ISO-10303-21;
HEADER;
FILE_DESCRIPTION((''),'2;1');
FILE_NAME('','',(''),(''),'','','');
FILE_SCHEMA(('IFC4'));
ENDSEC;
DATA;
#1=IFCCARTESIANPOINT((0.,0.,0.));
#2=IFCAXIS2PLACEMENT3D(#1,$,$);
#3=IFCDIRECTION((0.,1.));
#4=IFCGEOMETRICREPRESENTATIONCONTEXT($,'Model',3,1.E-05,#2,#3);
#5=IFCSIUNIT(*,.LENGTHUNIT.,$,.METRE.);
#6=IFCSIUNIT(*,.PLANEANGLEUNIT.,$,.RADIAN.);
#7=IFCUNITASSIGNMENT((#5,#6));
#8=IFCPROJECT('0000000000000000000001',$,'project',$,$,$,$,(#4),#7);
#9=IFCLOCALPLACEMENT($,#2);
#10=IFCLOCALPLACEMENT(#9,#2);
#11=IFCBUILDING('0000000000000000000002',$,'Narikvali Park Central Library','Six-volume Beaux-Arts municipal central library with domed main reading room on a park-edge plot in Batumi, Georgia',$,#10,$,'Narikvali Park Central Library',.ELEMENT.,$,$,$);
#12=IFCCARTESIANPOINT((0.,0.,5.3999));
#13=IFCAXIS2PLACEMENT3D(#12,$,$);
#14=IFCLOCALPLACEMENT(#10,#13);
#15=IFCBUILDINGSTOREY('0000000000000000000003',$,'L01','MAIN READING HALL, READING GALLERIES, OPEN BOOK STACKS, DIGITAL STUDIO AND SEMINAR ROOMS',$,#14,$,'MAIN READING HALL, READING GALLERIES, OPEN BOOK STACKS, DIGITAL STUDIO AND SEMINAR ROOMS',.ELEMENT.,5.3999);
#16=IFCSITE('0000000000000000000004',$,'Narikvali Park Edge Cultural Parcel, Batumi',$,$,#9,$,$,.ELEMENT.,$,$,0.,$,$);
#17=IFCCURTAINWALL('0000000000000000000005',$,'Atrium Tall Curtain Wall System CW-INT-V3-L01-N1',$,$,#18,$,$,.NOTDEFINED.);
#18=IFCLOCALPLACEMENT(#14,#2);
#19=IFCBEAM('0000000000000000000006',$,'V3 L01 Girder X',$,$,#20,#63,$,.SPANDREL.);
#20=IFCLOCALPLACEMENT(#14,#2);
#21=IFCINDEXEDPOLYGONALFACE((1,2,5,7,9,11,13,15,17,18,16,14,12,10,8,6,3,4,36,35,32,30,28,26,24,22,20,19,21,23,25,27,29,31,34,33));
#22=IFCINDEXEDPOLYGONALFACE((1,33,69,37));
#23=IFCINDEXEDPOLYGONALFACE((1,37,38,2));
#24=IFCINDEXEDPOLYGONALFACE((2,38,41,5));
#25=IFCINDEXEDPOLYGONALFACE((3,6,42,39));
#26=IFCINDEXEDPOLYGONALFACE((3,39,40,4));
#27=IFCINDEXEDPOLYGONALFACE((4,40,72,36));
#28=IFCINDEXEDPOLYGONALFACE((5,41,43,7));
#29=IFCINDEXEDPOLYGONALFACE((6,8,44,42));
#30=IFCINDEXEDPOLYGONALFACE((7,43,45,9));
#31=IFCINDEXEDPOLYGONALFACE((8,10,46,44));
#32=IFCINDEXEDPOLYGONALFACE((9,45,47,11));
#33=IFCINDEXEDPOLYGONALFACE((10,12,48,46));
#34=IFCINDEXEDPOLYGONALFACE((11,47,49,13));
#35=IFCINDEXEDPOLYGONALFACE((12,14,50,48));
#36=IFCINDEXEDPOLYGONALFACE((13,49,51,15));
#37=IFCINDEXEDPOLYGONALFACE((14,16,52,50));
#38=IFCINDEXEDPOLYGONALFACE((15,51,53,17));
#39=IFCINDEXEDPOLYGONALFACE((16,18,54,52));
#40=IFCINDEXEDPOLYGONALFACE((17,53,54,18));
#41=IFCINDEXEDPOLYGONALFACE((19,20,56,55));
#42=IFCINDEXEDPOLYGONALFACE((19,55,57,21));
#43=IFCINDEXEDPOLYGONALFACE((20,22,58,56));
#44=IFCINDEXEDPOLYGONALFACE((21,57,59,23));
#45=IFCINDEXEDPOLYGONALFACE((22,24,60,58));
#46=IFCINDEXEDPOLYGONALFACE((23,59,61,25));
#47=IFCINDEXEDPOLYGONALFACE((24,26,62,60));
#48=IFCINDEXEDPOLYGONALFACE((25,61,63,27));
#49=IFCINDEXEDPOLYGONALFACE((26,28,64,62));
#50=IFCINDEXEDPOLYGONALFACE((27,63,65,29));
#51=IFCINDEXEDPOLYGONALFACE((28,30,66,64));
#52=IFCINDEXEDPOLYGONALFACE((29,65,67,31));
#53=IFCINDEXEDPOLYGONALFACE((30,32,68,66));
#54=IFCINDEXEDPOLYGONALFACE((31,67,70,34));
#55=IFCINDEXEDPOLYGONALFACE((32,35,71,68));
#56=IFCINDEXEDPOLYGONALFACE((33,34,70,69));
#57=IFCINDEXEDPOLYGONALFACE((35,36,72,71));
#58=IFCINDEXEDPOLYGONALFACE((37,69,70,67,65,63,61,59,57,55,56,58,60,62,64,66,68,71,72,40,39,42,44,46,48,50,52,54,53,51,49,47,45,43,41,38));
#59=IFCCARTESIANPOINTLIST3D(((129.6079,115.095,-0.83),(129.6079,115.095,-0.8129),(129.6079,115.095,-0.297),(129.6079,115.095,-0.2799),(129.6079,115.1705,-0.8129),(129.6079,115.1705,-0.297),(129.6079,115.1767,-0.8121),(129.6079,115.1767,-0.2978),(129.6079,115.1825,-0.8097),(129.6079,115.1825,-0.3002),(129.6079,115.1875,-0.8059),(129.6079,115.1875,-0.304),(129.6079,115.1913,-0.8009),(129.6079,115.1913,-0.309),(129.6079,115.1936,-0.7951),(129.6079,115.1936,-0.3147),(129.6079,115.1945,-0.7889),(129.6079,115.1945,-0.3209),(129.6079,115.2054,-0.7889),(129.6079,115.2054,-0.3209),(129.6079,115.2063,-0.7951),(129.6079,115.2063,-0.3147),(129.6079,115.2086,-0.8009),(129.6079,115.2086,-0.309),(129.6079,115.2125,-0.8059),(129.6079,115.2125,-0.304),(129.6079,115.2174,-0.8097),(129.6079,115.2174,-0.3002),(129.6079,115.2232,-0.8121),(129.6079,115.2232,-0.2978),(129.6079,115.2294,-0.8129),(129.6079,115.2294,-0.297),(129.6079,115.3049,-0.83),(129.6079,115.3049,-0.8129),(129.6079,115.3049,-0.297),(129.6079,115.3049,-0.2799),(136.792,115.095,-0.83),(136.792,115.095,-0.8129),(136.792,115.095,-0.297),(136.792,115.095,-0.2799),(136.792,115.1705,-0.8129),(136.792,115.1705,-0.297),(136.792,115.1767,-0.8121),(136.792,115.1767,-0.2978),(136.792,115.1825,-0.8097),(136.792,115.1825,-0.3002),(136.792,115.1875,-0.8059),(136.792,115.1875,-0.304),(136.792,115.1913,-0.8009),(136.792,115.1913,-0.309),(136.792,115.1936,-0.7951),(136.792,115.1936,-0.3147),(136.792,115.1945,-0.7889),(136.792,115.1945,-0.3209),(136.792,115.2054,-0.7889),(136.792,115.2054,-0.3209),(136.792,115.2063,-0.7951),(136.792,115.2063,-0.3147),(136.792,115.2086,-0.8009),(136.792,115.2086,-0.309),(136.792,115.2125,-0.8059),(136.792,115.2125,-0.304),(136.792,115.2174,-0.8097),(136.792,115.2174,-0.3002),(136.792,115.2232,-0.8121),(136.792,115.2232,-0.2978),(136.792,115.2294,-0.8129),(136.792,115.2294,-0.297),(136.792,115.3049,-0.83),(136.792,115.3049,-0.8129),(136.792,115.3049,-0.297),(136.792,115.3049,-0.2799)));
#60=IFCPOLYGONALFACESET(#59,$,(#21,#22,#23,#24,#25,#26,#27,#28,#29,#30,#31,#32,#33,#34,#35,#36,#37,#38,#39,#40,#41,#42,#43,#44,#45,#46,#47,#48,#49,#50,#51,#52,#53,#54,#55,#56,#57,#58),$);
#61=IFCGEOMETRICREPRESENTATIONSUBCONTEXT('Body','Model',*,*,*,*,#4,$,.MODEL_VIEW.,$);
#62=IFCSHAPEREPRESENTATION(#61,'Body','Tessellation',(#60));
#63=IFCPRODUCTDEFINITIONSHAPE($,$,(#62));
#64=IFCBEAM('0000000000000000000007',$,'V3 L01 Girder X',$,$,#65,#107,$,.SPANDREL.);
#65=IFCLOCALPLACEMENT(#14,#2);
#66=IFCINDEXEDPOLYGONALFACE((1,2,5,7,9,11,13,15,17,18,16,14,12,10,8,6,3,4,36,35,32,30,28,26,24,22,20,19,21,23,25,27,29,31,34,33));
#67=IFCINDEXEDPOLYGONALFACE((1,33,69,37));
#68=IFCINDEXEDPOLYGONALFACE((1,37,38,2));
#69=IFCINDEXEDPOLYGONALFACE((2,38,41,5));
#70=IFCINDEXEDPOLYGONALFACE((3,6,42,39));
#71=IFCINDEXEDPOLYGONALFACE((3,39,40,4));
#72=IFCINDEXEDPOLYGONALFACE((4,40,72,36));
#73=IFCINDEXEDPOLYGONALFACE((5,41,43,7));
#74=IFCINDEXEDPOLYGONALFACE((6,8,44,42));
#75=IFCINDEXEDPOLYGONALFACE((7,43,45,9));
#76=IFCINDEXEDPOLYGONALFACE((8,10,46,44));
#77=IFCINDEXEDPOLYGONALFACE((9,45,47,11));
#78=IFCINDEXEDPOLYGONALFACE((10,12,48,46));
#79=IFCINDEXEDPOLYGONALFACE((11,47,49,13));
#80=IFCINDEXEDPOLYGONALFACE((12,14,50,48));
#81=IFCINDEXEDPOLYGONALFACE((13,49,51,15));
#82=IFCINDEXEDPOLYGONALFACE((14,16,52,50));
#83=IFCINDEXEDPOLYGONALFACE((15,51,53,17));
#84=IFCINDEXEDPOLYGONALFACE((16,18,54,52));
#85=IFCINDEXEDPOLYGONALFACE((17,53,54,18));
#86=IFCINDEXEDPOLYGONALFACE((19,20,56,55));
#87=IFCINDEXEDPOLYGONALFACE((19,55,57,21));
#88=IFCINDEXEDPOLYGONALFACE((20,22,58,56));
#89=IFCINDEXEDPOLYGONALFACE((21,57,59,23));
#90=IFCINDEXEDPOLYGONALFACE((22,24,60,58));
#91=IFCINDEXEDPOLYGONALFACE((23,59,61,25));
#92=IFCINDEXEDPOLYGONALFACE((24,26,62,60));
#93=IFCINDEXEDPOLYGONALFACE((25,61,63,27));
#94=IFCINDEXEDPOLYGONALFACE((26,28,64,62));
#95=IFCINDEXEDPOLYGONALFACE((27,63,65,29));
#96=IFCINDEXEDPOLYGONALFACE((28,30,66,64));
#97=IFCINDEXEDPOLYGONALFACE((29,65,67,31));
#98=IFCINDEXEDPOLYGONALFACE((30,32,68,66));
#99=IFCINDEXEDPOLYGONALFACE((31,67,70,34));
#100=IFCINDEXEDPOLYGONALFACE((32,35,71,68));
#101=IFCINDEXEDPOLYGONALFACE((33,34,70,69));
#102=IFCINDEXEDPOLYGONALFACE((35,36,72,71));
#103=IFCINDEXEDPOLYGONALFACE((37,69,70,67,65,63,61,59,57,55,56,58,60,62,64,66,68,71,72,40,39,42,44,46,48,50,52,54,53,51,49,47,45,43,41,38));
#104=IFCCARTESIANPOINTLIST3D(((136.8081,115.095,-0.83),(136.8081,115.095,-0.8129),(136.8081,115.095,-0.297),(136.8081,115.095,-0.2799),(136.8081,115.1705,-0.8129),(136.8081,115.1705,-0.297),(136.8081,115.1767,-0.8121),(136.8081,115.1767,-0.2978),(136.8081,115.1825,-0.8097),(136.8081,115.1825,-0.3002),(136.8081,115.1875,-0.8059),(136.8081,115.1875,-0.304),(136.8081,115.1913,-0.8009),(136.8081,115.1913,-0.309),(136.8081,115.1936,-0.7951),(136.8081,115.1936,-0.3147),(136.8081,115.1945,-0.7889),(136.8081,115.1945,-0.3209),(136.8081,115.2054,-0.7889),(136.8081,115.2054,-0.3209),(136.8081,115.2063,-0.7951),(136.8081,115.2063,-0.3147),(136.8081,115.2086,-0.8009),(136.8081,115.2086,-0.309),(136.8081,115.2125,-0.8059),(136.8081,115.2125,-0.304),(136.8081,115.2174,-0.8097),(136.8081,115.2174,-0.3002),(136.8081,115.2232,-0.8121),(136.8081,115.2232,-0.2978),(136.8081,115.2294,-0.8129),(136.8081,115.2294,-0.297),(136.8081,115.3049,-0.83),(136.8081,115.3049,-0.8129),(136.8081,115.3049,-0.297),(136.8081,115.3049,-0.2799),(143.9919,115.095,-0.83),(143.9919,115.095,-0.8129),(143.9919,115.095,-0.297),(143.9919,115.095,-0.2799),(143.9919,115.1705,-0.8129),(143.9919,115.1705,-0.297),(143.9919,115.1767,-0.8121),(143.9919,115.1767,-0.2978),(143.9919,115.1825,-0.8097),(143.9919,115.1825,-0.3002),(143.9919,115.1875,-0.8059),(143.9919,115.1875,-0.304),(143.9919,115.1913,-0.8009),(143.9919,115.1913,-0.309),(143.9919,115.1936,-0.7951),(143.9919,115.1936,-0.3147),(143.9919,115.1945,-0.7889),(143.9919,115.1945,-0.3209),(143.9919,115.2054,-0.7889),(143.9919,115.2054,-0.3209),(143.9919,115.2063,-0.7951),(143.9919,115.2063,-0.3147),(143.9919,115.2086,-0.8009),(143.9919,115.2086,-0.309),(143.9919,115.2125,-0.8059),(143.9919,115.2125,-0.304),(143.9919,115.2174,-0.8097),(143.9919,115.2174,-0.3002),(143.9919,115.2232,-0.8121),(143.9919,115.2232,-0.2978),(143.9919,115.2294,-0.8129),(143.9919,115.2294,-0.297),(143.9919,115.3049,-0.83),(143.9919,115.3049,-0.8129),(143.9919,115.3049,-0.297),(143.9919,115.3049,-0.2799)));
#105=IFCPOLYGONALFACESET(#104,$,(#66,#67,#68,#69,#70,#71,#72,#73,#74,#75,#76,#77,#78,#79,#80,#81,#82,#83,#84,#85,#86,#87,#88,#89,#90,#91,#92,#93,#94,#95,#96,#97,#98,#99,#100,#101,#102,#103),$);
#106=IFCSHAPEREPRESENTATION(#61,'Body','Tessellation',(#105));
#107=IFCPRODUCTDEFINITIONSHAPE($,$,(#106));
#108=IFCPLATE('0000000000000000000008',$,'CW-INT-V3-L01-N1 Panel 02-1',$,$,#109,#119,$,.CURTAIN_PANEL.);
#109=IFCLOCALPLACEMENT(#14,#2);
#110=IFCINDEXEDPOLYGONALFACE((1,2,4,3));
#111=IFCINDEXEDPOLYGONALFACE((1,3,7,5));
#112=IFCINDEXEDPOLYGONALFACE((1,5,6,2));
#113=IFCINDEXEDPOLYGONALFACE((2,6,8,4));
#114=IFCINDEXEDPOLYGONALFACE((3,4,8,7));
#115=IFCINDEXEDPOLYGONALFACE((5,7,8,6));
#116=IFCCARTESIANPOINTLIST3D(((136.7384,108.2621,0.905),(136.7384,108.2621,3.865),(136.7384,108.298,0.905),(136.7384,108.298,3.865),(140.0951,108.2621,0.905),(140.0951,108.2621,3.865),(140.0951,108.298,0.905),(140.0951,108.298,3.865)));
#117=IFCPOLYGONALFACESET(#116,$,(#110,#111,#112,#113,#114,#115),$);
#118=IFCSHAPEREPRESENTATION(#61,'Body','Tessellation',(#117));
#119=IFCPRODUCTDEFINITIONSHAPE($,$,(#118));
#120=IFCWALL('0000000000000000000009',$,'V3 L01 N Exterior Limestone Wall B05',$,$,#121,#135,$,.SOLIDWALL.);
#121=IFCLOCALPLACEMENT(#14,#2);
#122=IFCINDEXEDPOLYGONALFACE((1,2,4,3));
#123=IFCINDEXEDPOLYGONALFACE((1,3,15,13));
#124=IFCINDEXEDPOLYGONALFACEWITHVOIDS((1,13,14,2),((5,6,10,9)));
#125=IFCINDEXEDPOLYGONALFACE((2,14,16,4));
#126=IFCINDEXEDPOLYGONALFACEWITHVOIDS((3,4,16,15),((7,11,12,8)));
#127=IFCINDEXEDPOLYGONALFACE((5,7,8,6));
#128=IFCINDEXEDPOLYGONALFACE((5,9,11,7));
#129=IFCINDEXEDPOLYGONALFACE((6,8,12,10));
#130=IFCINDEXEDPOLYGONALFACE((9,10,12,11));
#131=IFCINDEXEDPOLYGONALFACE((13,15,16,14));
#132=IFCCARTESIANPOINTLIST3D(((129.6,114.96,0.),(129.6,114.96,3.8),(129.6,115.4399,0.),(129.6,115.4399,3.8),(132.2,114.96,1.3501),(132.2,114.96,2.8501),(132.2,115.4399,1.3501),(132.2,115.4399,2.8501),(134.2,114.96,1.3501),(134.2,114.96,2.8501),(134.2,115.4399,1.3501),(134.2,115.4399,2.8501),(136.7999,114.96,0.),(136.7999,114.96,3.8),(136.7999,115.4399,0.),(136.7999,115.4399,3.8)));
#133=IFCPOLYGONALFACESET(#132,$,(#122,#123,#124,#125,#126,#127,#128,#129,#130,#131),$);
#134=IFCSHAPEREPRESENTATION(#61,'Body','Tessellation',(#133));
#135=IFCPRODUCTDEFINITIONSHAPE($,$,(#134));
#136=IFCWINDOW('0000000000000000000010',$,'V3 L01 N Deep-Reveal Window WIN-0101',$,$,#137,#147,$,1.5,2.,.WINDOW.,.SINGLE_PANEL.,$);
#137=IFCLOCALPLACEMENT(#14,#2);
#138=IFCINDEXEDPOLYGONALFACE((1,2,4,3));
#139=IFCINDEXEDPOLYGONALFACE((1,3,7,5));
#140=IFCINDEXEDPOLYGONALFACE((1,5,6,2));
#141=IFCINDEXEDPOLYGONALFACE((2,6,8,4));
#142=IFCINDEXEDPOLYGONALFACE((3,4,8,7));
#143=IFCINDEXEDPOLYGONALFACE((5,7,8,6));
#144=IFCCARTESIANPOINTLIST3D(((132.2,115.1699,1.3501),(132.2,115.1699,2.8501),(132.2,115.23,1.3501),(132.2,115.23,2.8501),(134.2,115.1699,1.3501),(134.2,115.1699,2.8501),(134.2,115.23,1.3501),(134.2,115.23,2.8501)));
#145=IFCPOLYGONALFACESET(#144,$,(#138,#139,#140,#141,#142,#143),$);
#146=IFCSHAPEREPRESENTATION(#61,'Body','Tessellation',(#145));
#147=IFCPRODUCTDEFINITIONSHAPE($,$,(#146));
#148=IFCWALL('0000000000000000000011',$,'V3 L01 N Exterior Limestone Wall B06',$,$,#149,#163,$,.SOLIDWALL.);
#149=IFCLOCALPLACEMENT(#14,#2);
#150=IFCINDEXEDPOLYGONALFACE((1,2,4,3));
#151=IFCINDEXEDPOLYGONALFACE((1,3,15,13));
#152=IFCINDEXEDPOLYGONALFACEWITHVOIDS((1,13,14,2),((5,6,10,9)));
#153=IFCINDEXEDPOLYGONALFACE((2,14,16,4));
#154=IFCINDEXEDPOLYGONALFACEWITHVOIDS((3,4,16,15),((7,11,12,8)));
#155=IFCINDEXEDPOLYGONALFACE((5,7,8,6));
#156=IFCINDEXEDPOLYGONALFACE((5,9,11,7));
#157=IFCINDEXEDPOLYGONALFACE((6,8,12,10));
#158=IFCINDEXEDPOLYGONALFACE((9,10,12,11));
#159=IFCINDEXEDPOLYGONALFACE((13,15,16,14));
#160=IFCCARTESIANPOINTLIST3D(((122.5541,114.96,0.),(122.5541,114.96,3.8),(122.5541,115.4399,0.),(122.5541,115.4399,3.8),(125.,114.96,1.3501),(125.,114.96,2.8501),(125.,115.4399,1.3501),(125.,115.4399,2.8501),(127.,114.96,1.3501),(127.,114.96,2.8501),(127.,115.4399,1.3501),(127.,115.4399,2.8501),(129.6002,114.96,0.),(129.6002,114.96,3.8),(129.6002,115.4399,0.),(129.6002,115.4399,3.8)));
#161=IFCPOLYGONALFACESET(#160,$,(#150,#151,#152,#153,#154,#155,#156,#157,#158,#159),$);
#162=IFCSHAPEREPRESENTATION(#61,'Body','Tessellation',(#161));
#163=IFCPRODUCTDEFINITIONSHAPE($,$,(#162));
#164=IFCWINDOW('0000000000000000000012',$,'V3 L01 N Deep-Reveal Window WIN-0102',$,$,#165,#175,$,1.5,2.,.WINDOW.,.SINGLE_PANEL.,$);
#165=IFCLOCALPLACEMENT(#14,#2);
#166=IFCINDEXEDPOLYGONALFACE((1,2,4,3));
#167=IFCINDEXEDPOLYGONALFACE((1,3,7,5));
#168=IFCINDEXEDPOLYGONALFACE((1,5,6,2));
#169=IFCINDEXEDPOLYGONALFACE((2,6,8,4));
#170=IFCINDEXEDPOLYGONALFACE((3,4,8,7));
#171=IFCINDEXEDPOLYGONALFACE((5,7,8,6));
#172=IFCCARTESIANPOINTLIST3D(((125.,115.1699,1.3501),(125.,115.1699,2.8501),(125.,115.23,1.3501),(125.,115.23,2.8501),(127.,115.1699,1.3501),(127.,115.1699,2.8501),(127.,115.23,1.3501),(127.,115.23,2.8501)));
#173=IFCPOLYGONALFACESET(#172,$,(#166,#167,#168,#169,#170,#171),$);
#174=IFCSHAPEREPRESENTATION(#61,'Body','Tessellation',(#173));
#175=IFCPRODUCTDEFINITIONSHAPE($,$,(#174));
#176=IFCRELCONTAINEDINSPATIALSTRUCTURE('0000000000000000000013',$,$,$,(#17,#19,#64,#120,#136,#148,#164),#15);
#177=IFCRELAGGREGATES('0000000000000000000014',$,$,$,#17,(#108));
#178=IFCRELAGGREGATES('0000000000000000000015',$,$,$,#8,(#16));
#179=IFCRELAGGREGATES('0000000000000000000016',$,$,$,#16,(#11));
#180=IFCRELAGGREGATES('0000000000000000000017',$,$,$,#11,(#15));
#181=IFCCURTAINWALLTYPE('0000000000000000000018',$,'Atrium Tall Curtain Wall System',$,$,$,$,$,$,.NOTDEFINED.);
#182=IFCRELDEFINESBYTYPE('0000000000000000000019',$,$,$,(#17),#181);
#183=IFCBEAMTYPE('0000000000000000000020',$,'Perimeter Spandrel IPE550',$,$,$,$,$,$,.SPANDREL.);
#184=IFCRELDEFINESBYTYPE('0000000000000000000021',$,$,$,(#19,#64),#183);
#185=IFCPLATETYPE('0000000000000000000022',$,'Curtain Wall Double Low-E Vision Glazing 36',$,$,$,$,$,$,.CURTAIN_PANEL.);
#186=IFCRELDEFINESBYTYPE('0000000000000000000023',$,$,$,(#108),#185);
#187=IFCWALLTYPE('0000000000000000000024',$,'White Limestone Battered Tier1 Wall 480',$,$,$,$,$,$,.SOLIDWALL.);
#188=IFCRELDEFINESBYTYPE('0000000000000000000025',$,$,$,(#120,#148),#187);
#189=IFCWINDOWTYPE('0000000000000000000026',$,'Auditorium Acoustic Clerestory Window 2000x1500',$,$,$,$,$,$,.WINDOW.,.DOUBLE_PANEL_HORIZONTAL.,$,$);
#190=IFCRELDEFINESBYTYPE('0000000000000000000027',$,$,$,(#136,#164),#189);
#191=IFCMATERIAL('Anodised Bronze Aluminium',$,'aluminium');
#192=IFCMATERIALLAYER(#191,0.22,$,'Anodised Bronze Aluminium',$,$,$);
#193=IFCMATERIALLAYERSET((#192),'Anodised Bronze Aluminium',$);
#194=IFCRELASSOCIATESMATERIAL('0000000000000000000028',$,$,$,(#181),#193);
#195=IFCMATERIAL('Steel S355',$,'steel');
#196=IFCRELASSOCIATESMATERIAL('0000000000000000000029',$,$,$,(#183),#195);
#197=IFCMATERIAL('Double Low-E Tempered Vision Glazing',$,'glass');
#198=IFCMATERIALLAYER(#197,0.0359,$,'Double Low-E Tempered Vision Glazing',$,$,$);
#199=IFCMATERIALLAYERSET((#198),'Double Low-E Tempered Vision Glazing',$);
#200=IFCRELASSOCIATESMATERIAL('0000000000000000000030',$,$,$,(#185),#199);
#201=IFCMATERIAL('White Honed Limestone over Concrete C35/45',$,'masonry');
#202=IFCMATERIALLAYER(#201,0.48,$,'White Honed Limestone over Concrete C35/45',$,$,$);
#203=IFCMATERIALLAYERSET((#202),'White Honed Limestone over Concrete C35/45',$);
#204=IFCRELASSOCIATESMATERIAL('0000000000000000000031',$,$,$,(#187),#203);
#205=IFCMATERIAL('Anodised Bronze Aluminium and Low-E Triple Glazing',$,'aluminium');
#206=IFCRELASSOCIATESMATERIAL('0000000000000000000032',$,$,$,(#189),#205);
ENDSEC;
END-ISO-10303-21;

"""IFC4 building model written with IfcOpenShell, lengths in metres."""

from ifc_helpers import new_model, si_unit, direction, frame, frame_2d, origin, origin_2d, place, context, subcontext, project, spatial, rectangle, i_section, extrude, material, layer, layer_set, material_profile, profile_set, type_object, element, fill, aggregate, save


model = new_model("IFC4")

# Units and contexts
model_context = context("Model", 3, precision=1e-05, world=origin(), true_north=direction((0.0, 1.0)))
body_context = subcontext(model_context, "Body", "Model", "MODEL_VIEW")
ifc_project = project(units=[si_unit("LENGTHUNIT", "METRE"), si_unit("PLANEANGLEUNIT", "RADIAN")], contexts=[model_context])

# Site, building, storey
site_placement = place(None, origin())
site = spatial("IfcSite", under=ifc_project, at=site_placement, Name="Narikvali Park Edge Cultural Parcel, Batumi", CompositionType="ELEMENT", RefElevation=0.0)
building_placement = place(site_placement, origin())
building = spatial("IfcBuilding", under=site, at=building_placement, Name="Narikvali Park Central Library", Description="Six-volume Beaux-Arts municipal central library with domed main reading room on a park-edge plot in Batumi, Georgia", LongName="Narikvali Park Central Library", CompositionType="ELEMENT")
storey_placement = place(building_placement, frame((0.0, 0.0, 5.3999)))
storey = spatial("IfcBuildingStorey", under=building, at=storey_placement, Name="L01", Description="MAIN READING HALL, READING GALLERIES, OPEN BOOK STACKS, DIGITAL STUDIO AND SEMINAR ROOMS", LongName="MAIN READING HALL, READING GALLERIES, OPEN BOOK STACKS, DIGITAL STUDIO AND SEMINAR ROOMS", CompositionType="ELEMENT", Elevation=5.3999)

# Shared definitions
ifc_material_1 = material(Name="Steel S355", Category="steel")

# Shared definitions
ifc_material_2 = material(Name="Anodised Bronze Aluminium", Category="aluminium")
ifc_layer_1 = layer(ifc_material_2, 0.22, Name="Anodised Bronze Aluminium")
ifc_layer_set_1 = layer_set([ifc_layer_1], Name="Anodised Bronze Aluminium")
curtain_wall_type = type_object("IfcCurtainWallType", Name="Atrium Tall Curtain Wall System", PredefinedType="NOTDEFINED", material=ifc_layer_set_1)

# Curtain wall
curtain_wall_1_placement = place(storey_placement, origin())
curtain_wall_1 = element("IfcCurtainWall", 1, at=curtain_wall_1_placement, inside=storey, type_object=curtain_wall_type, Name="Atrium Tall Curtain Wall System CW-INT-V3-L01-N1", PredefinedType="NOTDEFINED")

# Beams
ifc_material_profile_1 = material_profile(ifc_material_1, i_section(OverallWidth=0.21, OverallDepth=0.55, WebThickness=0.011, FlangeThickness=0.0171, FilletRadius=0.0239, at=origin_2d()), Name="IPE 550")
ifc_profile_set_1 = profile_set([ifc_material_profile_1], Name="Steel S355")
beam_type = type_object("IfcBeamType", Name="Perimeter Spandrel IPE550", PredefinedType="SPANDREL", material=ifc_profile_set_1)
beam_1_placement = place(storey_placement, frame((129.6079, 115.2, -0.5549), z_axis=(1.0, 0.0, 0.0), x_axis=(0.0, 1.0, 0.0)))
element("IfcBeam", 2, at=beam_1_placement, inside=storey, type_object=beam_type, Name="V3 L01 Girder X", PredefinedType="SPANDREL", context=body_context, shape_type="SweptSolid", body=[
    extrude(i_section(OverallWidth=0.21, OverallDepth=0.55, WebThickness=0.011, FlangeThickness=0.0171, FilletRadius=0.0239, at=origin_2d()), origin(), (0.0, 0.0, 1.0), 7.1841),
])
beam_2_placement = place(storey_placement, frame((136.8081, 115.2, -0.5549), z_axis=(1.0, 0.0, 0.0), x_axis=(0.0, 1.0, 0.0)))
element("IfcBeam", 3, at=beam_2_placement, inside=storey, type_object=beam_type, Name="V3 L01 Girder X", PredefinedType="SPANDREL", context=body_context, shape_type="SweptSolid", body=[
    extrude(i_section(OverallWidth=0.21, OverallDepth=0.55, WebThickness=0.011, FlangeThickness=0.0171, FilletRadius=0.0239, at=origin_2d()), origin(), (0.0, 0.0, 1.0), 7.1838),
])

# Plate
ifc_material_3 = material(Name="Double Low-E Tempered Vision Glazing", Category="glass")
ifc_layer_2 = layer(ifc_material_3, 0.0359, Name="Double Low-E Tempered Vision Glazing")
ifc_layer_set_2 = layer_set([ifc_layer_2], Name="Double Low-E Tempered Vision Glazing")
plate_type = type_object("IfcPlateType", Name="Curtain Wall Double Low-E Vision Glazing 36", PredefinedType="CURTAIN_PANEL", material=ifc_layer_set_2)
plate_placement = place(storey_placement, frame((138.4167, 108.28, 0.905), z_axis=(0.0, 0.0, 1.0), x_axis=(1.0, 0.0, 0.0)))
plate = element("IfcPlate", 4, at=plate_placement, type_object=plate_type, Name="CW-INT-V3-L01-N1 Panel 02-1", PredefinedType="CURTAIN_PANEL", context=body_context, shape_type="SweptSolid", body=[
    extrude(rectangle(XDim=3.3567, YDim=0.0359, at=origin_2d()), origin(), (0.0, 0.0, 1.0), 2.96),
])
aggregate(curtain_wall_1, [plate])

# Walls, openings, windows
ifc_material_4 = material(Name="White Honed Limestone over Concrete C35/45", Category="masonry")
ifc_layer_3 = layer(ifc_material_4, 0.48, Name="White Honed Limestone over Concrete C35/45")
ifc_layer_set_3 = layer_set([ifc_layer_3], Name="White Honed Limestone over Concrete C35/45")
wall_type = type_object("IfcWallType", Name="White Limestone Battered Tier1 Wall 480", PredefinedType="SOLIDWALL", material=ifc_layer_set_3)
wall_1_placement = place(storey_placement, frame((136.8, 115.2, 0.0), z_axis=(0.0, 0.0, 1.0), x_axis=(-1.0, 0.0, 0.0)))
wall_1 = element("IfcWall", 5, at=wall_1_placement, inside=storey, type_object=wall_type, Name="V3 L01 N Exterior Limestone Wall B05", PredefinedType="SOLIDWALL", context=body_context, shape_type="SweptSolid", body=[
    extrude(rectangle(XDim=7.2, YDim=0.48, at=frame_2d((3.6001, 0.0))), origin(), (0.0, 0.0, 1.0), 3.8),
])
opening_1_placement = place(wall_1_placement, frame((2.6001, 0.0, 1.3501)))
opening_1 = element("IfcOpeningElement", 6, at=opening_1_placement, cuts=wall_1, PredefinedType="OPENING", context=body_context, shape_type="SweptSolid", body=[
    extrude(rectangle(XDim=2.0, YDim=1.5, at=frame_2d((1.0, 0.75))), frame((0.0, 0.252, 0.0), z_axis=(0.0, -1.0, 0.0), x_axis=(1.0, 0.0, 0.0)), (0.0, 0.0, 1.0), 0.5039),
])
ifc_material_5 = material(Name="Anodised Bronze Aluminium and Low-E Triple Glazing", Category="aluminium")
window_type = type_object("IfcWindowType", Name="Auditorium Acoustic Clerestory Window 2000x1500", PartitioningType="DOUBLE_PANEL_HORIZONTAL", PredefinedType="WINDOW", material=ifc_material_5)
window_1_placement = place(opening_1_placement, origin())
window_1 = element("IfcWindow", 7, at=window_1_placement, inside=storey, type_object=window_type, Name="V3 L01 N Deep-Reveal Window WIN-0101", OverallHeight=1.5, OverallWidth=2.0, PartitioningType="SINGLE_PANEL", PredefinedType="WINDOW", context=body_context, shape_type="SweptSolid", body=[
    extrude(rectangle(XDim=2.0, YDim=1.5, at=frame_2d((1.0, 0.75))), frame((0.0, 0.03, 0.0), z_axis=(0.0, -1.0, 0.0), x_axis=(1.0, 0.0, 0.0)), (0.0, 0.0, 1.0), 0.0601),
])
fill(opening_1, window_1)
wall_2_placement = place(storey_placement, frame((129.6001, 115.2, 0.0), z_axis=(0.0, 0.0, 1.0), x_axis=(-1.0, 0.0, 0.0)))
wall_2 = element("IfcWall", 8, at=wall_2_placement, inside=storey, type_object=wall_type, Name="V3 L01 N Exterior Limestone Wall B06", PredefinedType="SOLIDWALL", context=body_context, shape_type="SweptSolid", body=[
    extrude(rectangle(XDim=7.0461, YDim=0.48, at=frame_2d((3.5229, 0.0))), origin(), (0.0, 0.0, 1.0), 3.8),
])
opening_2_placement = place(wall_2_placement, frame((2.6001, 0.0, 1.3501)))
opening_2 = element("IfcOpeningElement", 9, at=opening_2_placement, cuts=wall_2, PredefinedType="OPENING", context=body_context, shape_type="SweptSolid", body=[
    extrude(rectangle(XDim=2.0, YDim=1.5, at=frame_2d((1.0, 0.75))), frame((0.0, 0.252, 0.0), z_axis=(0.0, -1.0, 0.0), x_axis=(1.0, 0.0, 0.0)), (0.0, 0.0, 1.0), 0.5039),
])
window_2_placement = place(opening_2_placement, origin())
window_2 = element("IfcWindow", 10, at=window_2_placement, inside=storey, type_object=window_type, Name="V3 L01 N Deep-Reveal Window WIN-0102", OverallHeight=1.5, OverallWidth=2.0, PartitioningType="SINGLE_PANEL", PredefinedType="WINDOW", context=body_context, shape_type="SweptSolid", body=[
    extrude(rectangle(XDim=2.0, YDim=1.5, at=frame_2d((1.0, 0.75))), frame((0.0, 0.03, 0.0), z_axis=(0.0, -1.0, 0.0), x_axis=(1.0, 0.0, 0.0)), (0.0, 0.0, 1.0), 0.0601),
])
fill(opening_2, window_2)

save(model, "model.ifc")
